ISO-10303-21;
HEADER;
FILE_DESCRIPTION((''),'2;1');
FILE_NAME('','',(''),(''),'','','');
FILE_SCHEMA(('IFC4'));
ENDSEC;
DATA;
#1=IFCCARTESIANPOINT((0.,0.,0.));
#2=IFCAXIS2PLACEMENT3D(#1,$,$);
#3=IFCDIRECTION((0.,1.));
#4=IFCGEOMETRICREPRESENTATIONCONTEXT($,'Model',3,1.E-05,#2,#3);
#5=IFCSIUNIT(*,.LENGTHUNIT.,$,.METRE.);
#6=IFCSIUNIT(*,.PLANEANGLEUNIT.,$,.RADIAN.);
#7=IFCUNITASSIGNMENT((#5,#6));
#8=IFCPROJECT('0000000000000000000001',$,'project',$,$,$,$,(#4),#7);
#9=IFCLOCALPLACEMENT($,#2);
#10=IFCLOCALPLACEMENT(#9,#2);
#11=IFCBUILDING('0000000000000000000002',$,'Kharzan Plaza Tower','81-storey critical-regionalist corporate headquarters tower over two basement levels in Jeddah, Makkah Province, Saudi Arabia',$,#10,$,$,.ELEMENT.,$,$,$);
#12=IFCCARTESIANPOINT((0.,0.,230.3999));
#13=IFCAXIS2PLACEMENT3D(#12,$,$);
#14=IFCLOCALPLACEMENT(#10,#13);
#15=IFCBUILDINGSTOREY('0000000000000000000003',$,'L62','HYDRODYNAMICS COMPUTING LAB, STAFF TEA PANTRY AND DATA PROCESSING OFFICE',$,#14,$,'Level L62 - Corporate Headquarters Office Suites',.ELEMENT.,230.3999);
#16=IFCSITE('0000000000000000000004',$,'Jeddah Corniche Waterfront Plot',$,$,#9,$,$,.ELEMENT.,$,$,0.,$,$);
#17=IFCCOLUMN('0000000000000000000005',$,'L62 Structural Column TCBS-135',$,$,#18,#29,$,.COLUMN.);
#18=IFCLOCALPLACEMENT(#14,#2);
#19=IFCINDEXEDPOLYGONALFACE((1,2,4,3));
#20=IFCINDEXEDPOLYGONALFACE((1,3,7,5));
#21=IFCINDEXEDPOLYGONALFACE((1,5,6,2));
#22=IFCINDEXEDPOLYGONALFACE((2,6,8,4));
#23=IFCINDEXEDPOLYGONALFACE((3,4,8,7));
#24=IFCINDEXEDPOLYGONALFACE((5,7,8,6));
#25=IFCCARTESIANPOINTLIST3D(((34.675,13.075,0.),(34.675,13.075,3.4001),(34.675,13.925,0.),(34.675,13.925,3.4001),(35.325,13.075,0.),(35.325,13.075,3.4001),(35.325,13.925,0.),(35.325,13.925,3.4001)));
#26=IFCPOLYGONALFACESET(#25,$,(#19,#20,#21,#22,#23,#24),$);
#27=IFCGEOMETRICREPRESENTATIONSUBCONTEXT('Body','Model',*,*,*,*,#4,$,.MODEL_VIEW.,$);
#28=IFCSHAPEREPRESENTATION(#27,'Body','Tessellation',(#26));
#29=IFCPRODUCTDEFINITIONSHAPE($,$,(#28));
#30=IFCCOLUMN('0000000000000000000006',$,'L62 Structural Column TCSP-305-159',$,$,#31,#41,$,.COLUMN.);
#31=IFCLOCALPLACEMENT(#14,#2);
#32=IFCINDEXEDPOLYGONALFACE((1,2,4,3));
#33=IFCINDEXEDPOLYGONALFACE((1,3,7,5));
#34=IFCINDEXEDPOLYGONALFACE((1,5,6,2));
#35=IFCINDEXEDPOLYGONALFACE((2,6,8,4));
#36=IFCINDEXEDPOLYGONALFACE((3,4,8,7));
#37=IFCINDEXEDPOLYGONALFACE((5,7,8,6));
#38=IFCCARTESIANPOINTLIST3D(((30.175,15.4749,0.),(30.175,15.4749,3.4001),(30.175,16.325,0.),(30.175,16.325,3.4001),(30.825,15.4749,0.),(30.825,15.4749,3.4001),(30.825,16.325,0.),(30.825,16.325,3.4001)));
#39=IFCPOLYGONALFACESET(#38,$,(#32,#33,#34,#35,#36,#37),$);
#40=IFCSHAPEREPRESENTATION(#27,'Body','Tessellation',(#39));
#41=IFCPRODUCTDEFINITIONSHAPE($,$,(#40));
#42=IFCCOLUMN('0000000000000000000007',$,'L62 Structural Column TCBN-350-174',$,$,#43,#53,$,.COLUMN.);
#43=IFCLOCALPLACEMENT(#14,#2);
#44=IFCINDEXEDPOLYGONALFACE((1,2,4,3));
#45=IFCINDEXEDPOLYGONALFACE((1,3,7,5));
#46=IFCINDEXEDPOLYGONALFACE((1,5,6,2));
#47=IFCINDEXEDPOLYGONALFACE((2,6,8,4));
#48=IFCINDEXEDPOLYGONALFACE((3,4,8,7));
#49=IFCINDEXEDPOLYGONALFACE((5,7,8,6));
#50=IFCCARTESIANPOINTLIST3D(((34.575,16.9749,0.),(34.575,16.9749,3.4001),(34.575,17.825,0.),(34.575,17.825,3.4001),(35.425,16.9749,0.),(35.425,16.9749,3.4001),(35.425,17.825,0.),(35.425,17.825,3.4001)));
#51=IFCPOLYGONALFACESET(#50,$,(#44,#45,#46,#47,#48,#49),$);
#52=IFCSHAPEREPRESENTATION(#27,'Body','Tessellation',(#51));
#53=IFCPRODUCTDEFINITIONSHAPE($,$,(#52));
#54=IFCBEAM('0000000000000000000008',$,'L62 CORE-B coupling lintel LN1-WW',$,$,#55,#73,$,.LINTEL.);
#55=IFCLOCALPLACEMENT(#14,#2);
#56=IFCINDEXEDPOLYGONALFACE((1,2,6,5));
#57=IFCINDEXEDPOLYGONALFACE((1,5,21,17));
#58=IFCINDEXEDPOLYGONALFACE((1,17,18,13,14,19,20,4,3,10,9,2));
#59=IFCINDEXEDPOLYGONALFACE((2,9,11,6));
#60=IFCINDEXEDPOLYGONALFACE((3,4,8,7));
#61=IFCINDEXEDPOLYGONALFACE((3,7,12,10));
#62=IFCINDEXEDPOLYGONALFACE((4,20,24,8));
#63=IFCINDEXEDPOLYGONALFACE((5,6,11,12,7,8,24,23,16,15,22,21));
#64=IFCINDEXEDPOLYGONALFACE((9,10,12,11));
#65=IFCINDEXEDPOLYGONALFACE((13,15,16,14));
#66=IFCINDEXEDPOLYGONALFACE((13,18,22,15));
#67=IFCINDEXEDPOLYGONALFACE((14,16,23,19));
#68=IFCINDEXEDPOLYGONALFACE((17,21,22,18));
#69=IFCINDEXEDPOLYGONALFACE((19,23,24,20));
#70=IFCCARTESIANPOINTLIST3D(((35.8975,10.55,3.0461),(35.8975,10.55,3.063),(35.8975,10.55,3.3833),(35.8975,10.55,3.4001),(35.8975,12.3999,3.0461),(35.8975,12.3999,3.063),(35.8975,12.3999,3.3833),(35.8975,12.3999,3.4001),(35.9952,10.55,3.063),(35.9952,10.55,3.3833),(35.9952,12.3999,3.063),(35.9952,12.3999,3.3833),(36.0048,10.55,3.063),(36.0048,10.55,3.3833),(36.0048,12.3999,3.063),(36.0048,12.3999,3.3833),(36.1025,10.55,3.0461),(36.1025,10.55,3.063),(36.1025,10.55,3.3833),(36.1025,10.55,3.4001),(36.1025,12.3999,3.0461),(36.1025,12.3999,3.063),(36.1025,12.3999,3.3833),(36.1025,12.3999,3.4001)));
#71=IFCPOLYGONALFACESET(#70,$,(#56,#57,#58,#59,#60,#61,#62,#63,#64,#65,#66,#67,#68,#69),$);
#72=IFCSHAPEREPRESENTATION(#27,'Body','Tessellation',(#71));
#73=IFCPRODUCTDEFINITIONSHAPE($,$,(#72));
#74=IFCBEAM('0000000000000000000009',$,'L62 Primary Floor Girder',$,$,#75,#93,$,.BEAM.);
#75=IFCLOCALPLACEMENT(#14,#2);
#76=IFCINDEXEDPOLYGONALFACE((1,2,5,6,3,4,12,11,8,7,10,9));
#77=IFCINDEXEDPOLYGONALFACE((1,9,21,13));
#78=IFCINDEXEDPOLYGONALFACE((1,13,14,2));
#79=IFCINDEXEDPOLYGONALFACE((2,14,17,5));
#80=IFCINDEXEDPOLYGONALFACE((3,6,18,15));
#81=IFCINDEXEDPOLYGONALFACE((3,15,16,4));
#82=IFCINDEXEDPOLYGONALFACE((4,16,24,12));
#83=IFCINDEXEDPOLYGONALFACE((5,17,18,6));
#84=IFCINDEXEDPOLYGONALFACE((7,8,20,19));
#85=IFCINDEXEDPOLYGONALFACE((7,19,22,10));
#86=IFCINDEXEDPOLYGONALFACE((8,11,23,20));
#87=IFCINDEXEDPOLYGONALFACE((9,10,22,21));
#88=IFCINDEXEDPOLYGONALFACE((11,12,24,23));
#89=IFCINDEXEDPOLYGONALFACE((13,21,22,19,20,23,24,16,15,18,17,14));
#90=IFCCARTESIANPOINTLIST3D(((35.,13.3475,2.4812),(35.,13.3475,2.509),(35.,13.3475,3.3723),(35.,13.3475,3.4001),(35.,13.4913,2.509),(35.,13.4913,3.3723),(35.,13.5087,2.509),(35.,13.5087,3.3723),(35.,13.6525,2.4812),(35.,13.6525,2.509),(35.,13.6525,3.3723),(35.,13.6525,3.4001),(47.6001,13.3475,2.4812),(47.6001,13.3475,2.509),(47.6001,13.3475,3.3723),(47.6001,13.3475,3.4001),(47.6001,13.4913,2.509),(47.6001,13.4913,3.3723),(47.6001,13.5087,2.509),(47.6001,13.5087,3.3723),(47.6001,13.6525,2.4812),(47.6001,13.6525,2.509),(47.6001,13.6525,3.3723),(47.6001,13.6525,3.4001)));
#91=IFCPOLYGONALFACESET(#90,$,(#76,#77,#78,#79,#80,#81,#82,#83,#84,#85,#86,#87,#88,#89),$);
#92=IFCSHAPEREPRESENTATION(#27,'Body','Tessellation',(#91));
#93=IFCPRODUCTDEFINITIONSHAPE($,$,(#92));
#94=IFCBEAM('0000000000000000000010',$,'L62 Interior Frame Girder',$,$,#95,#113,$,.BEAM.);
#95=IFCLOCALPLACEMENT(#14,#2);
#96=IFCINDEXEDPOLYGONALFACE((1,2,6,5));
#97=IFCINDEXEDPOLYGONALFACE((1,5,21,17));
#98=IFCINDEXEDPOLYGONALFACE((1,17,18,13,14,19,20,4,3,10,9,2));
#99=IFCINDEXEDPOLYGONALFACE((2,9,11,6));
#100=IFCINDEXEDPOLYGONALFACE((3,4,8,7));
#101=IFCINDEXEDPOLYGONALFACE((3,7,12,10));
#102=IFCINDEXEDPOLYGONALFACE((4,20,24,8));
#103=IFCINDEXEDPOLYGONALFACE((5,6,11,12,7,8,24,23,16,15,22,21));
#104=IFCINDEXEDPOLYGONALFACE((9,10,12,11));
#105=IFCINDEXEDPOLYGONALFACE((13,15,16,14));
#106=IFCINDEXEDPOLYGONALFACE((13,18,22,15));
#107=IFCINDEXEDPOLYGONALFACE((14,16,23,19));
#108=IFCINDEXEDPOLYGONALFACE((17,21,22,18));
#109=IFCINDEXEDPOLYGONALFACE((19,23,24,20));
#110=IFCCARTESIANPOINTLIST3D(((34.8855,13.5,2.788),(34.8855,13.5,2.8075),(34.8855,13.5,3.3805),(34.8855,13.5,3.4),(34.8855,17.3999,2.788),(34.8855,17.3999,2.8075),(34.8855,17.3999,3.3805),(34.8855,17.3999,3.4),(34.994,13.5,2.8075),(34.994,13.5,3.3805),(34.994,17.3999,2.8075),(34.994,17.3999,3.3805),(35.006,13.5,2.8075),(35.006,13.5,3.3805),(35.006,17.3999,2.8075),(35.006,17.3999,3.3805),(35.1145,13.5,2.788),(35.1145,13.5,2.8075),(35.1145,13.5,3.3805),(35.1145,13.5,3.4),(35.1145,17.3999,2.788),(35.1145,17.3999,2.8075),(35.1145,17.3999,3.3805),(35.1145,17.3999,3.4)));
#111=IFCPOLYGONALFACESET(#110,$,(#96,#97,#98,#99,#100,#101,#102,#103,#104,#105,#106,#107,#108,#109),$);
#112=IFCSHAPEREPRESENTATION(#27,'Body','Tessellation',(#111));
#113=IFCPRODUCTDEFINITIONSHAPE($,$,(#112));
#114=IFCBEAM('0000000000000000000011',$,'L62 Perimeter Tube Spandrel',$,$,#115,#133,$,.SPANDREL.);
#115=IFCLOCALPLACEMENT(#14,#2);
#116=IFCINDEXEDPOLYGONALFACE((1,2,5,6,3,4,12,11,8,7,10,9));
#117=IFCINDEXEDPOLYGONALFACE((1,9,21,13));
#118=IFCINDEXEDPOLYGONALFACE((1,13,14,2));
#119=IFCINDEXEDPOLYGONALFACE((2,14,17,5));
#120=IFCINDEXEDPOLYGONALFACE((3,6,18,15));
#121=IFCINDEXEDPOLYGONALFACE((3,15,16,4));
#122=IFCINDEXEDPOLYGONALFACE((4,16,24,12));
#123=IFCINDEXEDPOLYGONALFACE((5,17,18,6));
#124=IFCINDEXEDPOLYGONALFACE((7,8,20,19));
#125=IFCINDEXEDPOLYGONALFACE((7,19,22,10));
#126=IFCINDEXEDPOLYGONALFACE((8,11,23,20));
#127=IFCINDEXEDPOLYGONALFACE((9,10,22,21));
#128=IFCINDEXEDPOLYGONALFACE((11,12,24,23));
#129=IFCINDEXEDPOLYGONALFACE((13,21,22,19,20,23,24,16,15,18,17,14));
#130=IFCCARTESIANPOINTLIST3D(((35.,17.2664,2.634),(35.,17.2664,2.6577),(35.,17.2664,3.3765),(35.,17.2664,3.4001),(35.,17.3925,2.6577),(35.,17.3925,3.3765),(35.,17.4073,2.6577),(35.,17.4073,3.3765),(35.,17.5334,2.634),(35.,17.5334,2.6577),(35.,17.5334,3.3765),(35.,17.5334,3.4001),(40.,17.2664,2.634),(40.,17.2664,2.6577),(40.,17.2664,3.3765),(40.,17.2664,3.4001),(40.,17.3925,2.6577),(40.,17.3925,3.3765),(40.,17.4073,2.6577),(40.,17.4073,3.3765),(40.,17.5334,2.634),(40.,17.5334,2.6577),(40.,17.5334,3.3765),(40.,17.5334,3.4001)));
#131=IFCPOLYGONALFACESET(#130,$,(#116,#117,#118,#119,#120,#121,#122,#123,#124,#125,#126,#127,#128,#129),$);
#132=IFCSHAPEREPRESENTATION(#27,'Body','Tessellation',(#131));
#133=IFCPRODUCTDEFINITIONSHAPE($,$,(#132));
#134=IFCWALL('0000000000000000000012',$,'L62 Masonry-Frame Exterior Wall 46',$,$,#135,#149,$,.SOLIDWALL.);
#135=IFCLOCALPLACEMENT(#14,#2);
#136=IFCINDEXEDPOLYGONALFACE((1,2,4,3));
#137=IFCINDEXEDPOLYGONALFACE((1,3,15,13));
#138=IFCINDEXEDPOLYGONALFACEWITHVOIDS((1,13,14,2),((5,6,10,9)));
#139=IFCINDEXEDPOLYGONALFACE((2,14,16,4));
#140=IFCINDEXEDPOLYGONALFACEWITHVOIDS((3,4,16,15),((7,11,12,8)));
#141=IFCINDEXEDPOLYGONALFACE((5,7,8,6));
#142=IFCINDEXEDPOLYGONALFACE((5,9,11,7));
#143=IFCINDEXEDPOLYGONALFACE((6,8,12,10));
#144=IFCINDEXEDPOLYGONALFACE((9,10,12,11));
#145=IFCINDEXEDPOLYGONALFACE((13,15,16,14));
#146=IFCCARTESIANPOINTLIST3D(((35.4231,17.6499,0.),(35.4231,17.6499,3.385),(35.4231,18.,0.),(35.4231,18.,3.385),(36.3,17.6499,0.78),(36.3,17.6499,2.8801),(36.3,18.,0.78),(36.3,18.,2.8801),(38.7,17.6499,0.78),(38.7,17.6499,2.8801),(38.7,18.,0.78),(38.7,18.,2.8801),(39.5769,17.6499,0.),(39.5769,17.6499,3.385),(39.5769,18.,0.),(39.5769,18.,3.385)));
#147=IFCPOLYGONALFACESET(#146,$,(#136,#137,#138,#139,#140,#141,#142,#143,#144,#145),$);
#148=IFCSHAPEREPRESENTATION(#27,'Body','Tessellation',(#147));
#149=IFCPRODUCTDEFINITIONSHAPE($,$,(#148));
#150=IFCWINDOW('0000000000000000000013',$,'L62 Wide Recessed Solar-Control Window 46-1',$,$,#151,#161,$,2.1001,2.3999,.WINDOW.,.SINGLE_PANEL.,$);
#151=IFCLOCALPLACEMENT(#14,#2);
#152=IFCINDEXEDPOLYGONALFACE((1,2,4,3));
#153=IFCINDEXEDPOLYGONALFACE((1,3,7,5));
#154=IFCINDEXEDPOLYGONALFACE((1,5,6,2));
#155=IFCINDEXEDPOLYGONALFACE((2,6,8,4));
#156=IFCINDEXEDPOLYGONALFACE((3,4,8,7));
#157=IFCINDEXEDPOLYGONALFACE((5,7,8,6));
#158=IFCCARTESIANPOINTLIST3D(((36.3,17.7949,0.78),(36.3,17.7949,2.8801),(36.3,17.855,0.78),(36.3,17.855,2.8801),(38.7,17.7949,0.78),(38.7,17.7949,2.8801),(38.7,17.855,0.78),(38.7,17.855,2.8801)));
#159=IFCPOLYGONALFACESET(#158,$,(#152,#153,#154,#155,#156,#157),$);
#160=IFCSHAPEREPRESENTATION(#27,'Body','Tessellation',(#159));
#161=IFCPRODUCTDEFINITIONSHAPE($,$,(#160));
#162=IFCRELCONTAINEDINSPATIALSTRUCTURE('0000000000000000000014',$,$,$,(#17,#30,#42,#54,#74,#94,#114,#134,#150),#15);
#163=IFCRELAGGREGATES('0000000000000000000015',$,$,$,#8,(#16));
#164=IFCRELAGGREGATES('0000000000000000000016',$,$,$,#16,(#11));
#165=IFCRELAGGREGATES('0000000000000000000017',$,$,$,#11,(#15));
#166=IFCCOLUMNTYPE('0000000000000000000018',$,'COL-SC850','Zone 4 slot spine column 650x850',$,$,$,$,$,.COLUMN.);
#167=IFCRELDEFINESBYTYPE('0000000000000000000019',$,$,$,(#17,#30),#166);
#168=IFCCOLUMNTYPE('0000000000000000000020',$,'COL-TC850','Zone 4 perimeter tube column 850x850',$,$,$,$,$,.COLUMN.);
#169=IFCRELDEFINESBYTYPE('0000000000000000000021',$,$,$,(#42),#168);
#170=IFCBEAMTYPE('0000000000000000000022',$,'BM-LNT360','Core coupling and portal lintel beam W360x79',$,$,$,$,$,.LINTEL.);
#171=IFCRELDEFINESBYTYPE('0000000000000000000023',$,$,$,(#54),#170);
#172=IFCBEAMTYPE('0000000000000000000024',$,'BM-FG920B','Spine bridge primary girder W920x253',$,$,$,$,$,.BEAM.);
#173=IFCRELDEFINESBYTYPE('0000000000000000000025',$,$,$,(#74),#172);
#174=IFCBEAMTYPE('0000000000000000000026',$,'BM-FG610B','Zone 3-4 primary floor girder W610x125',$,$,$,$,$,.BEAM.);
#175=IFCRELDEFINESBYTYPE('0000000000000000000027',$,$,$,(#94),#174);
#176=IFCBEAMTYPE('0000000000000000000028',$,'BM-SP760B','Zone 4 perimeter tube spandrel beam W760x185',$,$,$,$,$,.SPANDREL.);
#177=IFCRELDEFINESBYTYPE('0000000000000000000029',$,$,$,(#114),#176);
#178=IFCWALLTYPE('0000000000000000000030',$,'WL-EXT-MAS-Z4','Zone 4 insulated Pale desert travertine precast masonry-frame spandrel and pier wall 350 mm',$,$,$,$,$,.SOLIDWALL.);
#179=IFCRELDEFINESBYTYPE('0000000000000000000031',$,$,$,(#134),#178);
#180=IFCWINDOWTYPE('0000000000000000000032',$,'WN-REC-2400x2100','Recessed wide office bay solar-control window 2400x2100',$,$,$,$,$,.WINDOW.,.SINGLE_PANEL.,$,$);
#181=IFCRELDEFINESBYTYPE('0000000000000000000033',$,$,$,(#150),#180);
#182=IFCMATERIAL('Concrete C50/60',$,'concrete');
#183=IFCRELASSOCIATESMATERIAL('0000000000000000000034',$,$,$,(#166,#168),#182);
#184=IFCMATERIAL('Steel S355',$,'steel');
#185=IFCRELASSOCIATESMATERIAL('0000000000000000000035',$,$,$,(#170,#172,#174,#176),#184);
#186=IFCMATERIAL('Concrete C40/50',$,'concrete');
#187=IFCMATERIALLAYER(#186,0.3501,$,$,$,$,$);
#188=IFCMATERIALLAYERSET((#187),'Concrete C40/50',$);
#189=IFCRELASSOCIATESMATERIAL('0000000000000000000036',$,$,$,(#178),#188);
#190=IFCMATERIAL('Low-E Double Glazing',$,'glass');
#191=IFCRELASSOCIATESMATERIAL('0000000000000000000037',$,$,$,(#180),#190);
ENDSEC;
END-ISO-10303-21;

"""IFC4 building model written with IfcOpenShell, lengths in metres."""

from ifc_helpers import new_model, si_unit, direction, frame, frame_2d, origin, origin_2d, place, context, subcontext, project, spatial, rectangle, i_section, extrude, source, transform, mapped, material, layer, layer_set, material_profile, profile_set, type_object, element, fill, save


model = new_model("IFC4")

# Units and contexts
model_context = context("Model", 3, precision=1e-05, world=origin(), true_north=direction((0.0, 1.0)))
body_context = subcontext(model_context, "Body", "Model", "MODEL_VIEW")
ifc_project = project(units=[si_unit("LENGTHUNIT", "METRE"), si_unit("PLANEANGLEUNIT", "RADIAN")], contexts=[model_context])

# Site, building, storey
site_placement = place(None, origin())
site = spatial("IfcSite", under=ifc_project, at=site_placement, Name="Jeddah Corniche Waterfront Plot", CompositionType="ELEMENT", RefElevation=0.0)
building_placement = place(site_placement, origin())
building = spatial("IfcBuilding", under=site, at=building_placement, Name="Kharzan Plaza Tower", Description="81-storey critical-regionalist corporate headquarters tower over two basement levels in Jeddah, Makkah Province, Saudi Arabia", CompositionType="ELEMENT")
storey_placement = place(building_placement, frame((0.0, 0.0, 230.3999)))
storey = spatial("IfcBuildingStorey", under=building, at=storey_placement, Name="L62", Description="HYDRODYNAMICS COMPUTING LAB, STAFF TEA PANTRY AND DATA PROCESSING OFFICE", LongName="Level L62 - Corporate Headquarters Office Suites", CompositionType="ELEMENT", Elevation=230.3999)

# Columns
ifc_material_1 = material(Name="Concrete C50/60", Category="concrete")
ifc_material_profile_1 = material_profile(ifc_material_1, rectangle(XDim=0.6499, YDim=0.8501, at=origin_2d()), Name="RC-SC850x650")
ifc_profile_set_1 = profile_set([ifc_material_profile_1], Name="Concrete C50/60")
column_type_1 = type_object("IfcColumnType", Name="COL-SC850", Description="Zone 4 slot spine column 650x850", PredefinedType="COLUMN", material=ifc_profile_set_1)
shared_shape_1 = source(origin(), body_context, "Body", "SweptSolid", [
    extrude(rectangle(XDim=0.6499, YDim=0.8501, at=origin_2d()), origin(), (0.0, 0.0, 1.0), 3.4001),
])
for number, where, z_axis, x_axis, name in (
    (1, (35.0, 13.5, 0.0), (0.0, 0.0, 1.0), (1.0, 0.0, 0.0), "L62 Structural Column TCBS-135"),
    (2, (30.5, 15.8999, 0.0), (0.0, 0.0, 1.0), (1.0, 0.0, 0.0), "L62 Structural Column TCSP-305-159"),
):
    element("IfcColumn", number, at=place(storey_placement, frame(where, z_axis=z_axis, x_axis=x_axis)), inside=storey, type_object=column_type_1, Name=name, PredefinedType="COLUMN", context=body_context, shape_type="MappedRepresentation", body=[
        mapped(shared_shape_1, transform((0.0, 0.0, 0.0), x_axis=(1.0, 0.0, 0.0), y_axis=(0.0, 1.0, 0.0), z_axis=(0.0, 0.0, 1.0))),
    ])
ifc_material_profile_2 = material_profile(ifc_material_1, rectangle(XDim=0.8501, YDim=0.8501, at=origin_2d()), Name="RC-TC850x850")
ifc_profile_set_2 = profile_set([ifc_material_profile_2], Name="Concrete C50/60")
column_type_2 = type_object("IfcColumnType", Name="COL-TC850", Description="Zone 4 perimeter tube column 850x850", PredefinedType="COLUMN", material=ifc_profile_set_2)
shared_shape_2 = source(origin(), body_context, "Body", "SweptSolid", [
    extrude(rectangle(XDim=0.8501, YDim=0.8501, at=origin_2d()), origin(), (0.0, 0.0, 1.0), 3.4001),
])
column_placement = place(storey_placement, frame((35.0, 17.3999, 0.0), z_axis=(0.0, 0.0, 1.0), x_axis=(1.0, 0.0, 0.0)))
element("IfcColumn", 3, at=column_placement, inside=storey, type_object=column_type_2, Name="L62 Structural Column TCBN-350-174", PredefinedType="COLUMN", context=body_context, shape_type="MappedRepresentation", body=[
    mapped(shared_shape_2, transform((0.0, 0.0, 0.0), x_axis=(1.0, 0.0, 0.0), y_axis=(0.0, 1.0, 0.0), z_axis=(0.0, 0.0, 1.0))),
])

# Beams
ifc_material_2 = material(Name="Steel S355", Category="steel")
ifc_material_profile_3 = material_profile(ifc_material_2, i_section(OverallWidth=0.2051, OverallDepth=0.354, WebThickness=0.0095, FlangeThickness=0.0168, at=origin_2d()), Name="W360x79")
ifc_profile_set_3 = profile_set([ifc_material_profile_3], Name="Steel S355")
beam_type_1 = type_object("IfcBeamType", Name="BM-LNT360", Description="Core coupling and portal lintel beam W360x79", PredefinedType="LINTEL", material=ifc_profile_set_3)
shared_shape_3 = source(origin(), body_context, "Body", "SweptSolid", [
    extrude(i_section(OverallWidth=0.2051, OverallDepth=0.354, WebThickness=0.0095, FlangeThickness=0.0168, at=origin_2d()), origin(), (0.0, 0.0, 1.0), 1.8499),
])
beam_1_placement = place(storey_placement, frame((36.0, 10.55, 3.2231), z_axis=(0.0, 1.0, 0.0), x_axis=(-1.0, 0.0, 0.0)))
element("IfcBeam", 4, at=beam_1_placement, inside=storey, type_object=beam_type_1, Name="L62 CORE-B coupling lintel LN1-WW", PredefinedType="LINTEL", context=body_context, shape_type="MappedRepresentation", body=[
    mapped(shared_shape_3, transform((0.0, 0.0, 0.0), x_axis=(1.0, 0.0, 0.0), y_axis=(0.0, 1.0, 0.0), z_axis=(0.0, 0.0, 1.0))),
])
ifc_material_profile_4 = material_profile(ifc_material_2, i_section(OverallWidth=0.3049, OverallDepth=0.9189, WebThickness=0.0173, FlangeThickness=0.0278, at=origin_2d()), Name="W920x253")
ifc_profile_set_4 = profile_set([ifc_material_profile_4], Name="Steel S355")
beam_type_2 = type_object("IfcBeamType", Name="BM-FG920B", Description="Spine bridge primary girder W920x253", PredefinedType="BEAM", material=ifc_profile_set_4)
shared_shape_4 = source(origin(), body_context, "Body", "SweptSolid", [
    extrude(i_section(OverallWidth=0.3049, OverallDepth=0.9189, WebThickness=0.0173, FlangeThickness=0.0278, at=origin_2d()), origin(), (0.0, 0.0, 1.0), 12.6001),
])
beam_2_placement = place(storey_placement, frame((35.0, 13.5, 2.9407), z_axis=(1.0, 0.0, 0.0), x_axis=(0.0, 1.0, 0.0)))
element("IfcBeam", 5, at=beam_2_placement, inside=storey, type_object=beam_type_2, Name="L62 Primary Floor Girder", PredefinedType="BEAM", context=body_context, shape_type="MappedRepresentation", body=[
    mapped(shared_shape_4, transform((0.0, 0.0, 0.0), x_axis=(1.0, 0.0, 0.0), y_axis=(0.0, 1.0, 0.0), z_axis=(0.0, 0.0, 1.0))),
])
ifc_material_profile_5 = material_profile(ifc_material_2, i_section(OverallWidth=0.229, OverallDepth=0.6121, WebThickness=0.012, FlangeThickness=0.0195, at=origin_2d()), Name="W610x125")
ifc_profile_set_5 = profile_set([ifc_material_profile_5], Name="Steel S355")
beam_type_3 = type_object("IfcBeamType", Name="BM-FG610B", Description="Zone 3-4 primary floor girder W610x125", PredefinedType="BEAM", material=ifc_profile_set_5)
shared_shape_5 = source(origin(), body_context, "Body", "SweptSolid", [
    extrude(i_section(OverallWidth=0.229, OverallDepth=0.6121, WebThickness=0.012, FlangeThickness=0.0195, at=origin_2d()), origin(), (0.0, 0.0, 1.0), 3.8999),
])
beam_3_placement = place(storey_placement, frame((35.0, 13.5, 3.094), z_axis=(0.0, 1.0, 0.0), x_axis=(-1.0, 0.0, 0.0)))
element("IfcBeam", 6, at=beam_3_placement, inside=storey, type_object=beam_type_3, Name="L62 Interior Frame Girder", PredefinedType="BEAM", context=body_context, shape_type="MappedRepresentation", body=[
    mapped(shared_shape_5, transform((0.0, 0.0, 0.0), x_axis=(1.0, 0.0, 0.0), y_axis=(0.0, 1.0, 0.0), z_axis=(0.0, 0.0, 1.0))),
])
ifc_material_profile_6 = material_profile(ifc_material_2, i_section(OverallWidth=0.2671, OverallDepth=0.7661, WebThickness=0.0149, FlangeThickness=0.0237, at=origin_2d()), Name="W760x185")
ifc_profile_set_6 = profile_set([ifc_material_profile_6], Name="Steel S355")
beam_type_4 = type_object("IfcBeamType", Name="BM-SP760B", Description="Zone 4 perimeter tube spandrel beam W760x185", PredefinedType="SPANDREL", material=ifc_profile_set_6)
shared_shape_6 = source(origin(), body_context, "Body", "SweptSolid", [
    extrude(i_section(OverallWidth=0.2671, OverallDepth=0.7661, WebThickness=0.0149, FlangeThickness=0.0237, at=origin_2d()), origin(), (0.0, 0.0, 1.0), 5.0),
])
beam_4_placement = place(storey_placement, frame((35.0, 17.3999, 3.0171), z_axis=(1.0, 0.0, 0.0), x_axis=(0.0, 1.0, 0.0)))
element("IfcBeam", 7, at=beam_4_placement, inside=storey, type_object=beam_type_4, Name="L62 Perimeter Tube Spandrel", PredefinedType="SPANDREL", context=body_context, shape_type="MappedRepresentation", body=[
    mapped(shared_shape_6, transform((0.0, 0.0, 0.0), x_axis=(1.0, 0.0, 0.0), y_axis=(0.0, 1.0, 0.0), z_axis=(0.0, 0.0, 1.0))),
])

# Wall, opening, window
ifc_material_3 = material(Name="Concrete C40/50", Category="concrete")
ifc_layer_1 = layer(ifc_material_3, 0.3501)
ifc_layer_set_1 = layer_set([ifc_layer_1], Name="Concrete C40/50")
wall_type_1 = type_object("IfcWallType", Name="WL-EXT-MAS-Z4", Description="Zone 4 insulated Pale desert travertine precast masonry-frame spandrel and pier wall 350 mm", PredefinedType="SOLIDWALL", material=ifc_layer_set_1)
wall_1_placement = place(storey_placement, frame((39.5769, 17.825, 0.0), z_axis=(0.0, 0.0, 1.0), x_axis=(-1.0, 0.0, 0.0)))
wall_1 = element("IfcWall", 8, at=wall_1_placement, inside=storey, type_object=wall_type_1, Name="L62 Masonry-Frame Exterior Wall 46", PredefinedType="SOLIDWALL", context=body_context, shape_type="SweptSolid", body=[
    extrude(rectangle(XDim=4.1538, YDim=0.3501, at=frame_2d((2.0769, 0.0))), origin(), (0.0, 0.0, 1.0), 3.385),
])
opening_1_placement = place(wall_1_placement, frame((0.877, 0.0, 0.78)))
opening_1 = element("IfcOpeningElement", 9, at=opening_1_placement, cuts=wall_1, PredefinedType="OPENING", context=body_context, shape_type="SweptSolid", body=[
    extrude(rectangle(XDim=2.3999, YDim=2.1001, at=frame_2d((1.2, 1.05))), frame((0.0, 0.1851, 0.0), z_axis=(0.0, -1.0, 0.0), x_axis=(1.0, 0.0, 0.0)), (0.0, 0.0, 1.0), 0.3701),
])
ifc_material_4 = material(Name="Low-E Double Glazing", Category="glass")
window_type_1 = type_object("IfcWindowType", Name="WN-REC-2400x2100", Description="Recessed wide office bay solar-control window 2400x2100", PartitioningType="SINGLE_PANEL", PredefinedType="WINDOW", material=ifc_material_4)
shared_shape_7 = source(origin(), body_context, "Body", "SweptSolid", [
    extrude(rectangle(XDim=2.3999, YDim=2.1001, at=frame_2d((1.2, 1.05))), frame((0.0, 0.03, 0.0), z_axis=(0.0, -1.0, 0.0), x_axis=(1.0, 0.0, 0.0)), (0.0, 0.0, 1.0), 0.0601),
])
window_1_placement = place(opening_1_placement, origin())
window_1 = element("IfcWindow", 10, at=window_1_placement, inside=storey, type_object=window_type_1, Name="L62 Wide Recessed Solar-Control Window 46-1", OverallHeight=2.1001, OverallWidth=2.3999, PartitioningType="SINGLE_PANEL", PredefinedType="WINDOW", context=body_context, shape_type="MappedRepresentation", body=[
    mapped(shared_shape_7, transform((0.0, 0.0, 0.0), x_axis=(1.0, 0.0, 0.0), y_axis=(0.0, 1.0, 0.0), z_axis=(0.0, 0.0, 1.0))),
])
fill(opening_1, window_1)

save(model, "model.ifc")
